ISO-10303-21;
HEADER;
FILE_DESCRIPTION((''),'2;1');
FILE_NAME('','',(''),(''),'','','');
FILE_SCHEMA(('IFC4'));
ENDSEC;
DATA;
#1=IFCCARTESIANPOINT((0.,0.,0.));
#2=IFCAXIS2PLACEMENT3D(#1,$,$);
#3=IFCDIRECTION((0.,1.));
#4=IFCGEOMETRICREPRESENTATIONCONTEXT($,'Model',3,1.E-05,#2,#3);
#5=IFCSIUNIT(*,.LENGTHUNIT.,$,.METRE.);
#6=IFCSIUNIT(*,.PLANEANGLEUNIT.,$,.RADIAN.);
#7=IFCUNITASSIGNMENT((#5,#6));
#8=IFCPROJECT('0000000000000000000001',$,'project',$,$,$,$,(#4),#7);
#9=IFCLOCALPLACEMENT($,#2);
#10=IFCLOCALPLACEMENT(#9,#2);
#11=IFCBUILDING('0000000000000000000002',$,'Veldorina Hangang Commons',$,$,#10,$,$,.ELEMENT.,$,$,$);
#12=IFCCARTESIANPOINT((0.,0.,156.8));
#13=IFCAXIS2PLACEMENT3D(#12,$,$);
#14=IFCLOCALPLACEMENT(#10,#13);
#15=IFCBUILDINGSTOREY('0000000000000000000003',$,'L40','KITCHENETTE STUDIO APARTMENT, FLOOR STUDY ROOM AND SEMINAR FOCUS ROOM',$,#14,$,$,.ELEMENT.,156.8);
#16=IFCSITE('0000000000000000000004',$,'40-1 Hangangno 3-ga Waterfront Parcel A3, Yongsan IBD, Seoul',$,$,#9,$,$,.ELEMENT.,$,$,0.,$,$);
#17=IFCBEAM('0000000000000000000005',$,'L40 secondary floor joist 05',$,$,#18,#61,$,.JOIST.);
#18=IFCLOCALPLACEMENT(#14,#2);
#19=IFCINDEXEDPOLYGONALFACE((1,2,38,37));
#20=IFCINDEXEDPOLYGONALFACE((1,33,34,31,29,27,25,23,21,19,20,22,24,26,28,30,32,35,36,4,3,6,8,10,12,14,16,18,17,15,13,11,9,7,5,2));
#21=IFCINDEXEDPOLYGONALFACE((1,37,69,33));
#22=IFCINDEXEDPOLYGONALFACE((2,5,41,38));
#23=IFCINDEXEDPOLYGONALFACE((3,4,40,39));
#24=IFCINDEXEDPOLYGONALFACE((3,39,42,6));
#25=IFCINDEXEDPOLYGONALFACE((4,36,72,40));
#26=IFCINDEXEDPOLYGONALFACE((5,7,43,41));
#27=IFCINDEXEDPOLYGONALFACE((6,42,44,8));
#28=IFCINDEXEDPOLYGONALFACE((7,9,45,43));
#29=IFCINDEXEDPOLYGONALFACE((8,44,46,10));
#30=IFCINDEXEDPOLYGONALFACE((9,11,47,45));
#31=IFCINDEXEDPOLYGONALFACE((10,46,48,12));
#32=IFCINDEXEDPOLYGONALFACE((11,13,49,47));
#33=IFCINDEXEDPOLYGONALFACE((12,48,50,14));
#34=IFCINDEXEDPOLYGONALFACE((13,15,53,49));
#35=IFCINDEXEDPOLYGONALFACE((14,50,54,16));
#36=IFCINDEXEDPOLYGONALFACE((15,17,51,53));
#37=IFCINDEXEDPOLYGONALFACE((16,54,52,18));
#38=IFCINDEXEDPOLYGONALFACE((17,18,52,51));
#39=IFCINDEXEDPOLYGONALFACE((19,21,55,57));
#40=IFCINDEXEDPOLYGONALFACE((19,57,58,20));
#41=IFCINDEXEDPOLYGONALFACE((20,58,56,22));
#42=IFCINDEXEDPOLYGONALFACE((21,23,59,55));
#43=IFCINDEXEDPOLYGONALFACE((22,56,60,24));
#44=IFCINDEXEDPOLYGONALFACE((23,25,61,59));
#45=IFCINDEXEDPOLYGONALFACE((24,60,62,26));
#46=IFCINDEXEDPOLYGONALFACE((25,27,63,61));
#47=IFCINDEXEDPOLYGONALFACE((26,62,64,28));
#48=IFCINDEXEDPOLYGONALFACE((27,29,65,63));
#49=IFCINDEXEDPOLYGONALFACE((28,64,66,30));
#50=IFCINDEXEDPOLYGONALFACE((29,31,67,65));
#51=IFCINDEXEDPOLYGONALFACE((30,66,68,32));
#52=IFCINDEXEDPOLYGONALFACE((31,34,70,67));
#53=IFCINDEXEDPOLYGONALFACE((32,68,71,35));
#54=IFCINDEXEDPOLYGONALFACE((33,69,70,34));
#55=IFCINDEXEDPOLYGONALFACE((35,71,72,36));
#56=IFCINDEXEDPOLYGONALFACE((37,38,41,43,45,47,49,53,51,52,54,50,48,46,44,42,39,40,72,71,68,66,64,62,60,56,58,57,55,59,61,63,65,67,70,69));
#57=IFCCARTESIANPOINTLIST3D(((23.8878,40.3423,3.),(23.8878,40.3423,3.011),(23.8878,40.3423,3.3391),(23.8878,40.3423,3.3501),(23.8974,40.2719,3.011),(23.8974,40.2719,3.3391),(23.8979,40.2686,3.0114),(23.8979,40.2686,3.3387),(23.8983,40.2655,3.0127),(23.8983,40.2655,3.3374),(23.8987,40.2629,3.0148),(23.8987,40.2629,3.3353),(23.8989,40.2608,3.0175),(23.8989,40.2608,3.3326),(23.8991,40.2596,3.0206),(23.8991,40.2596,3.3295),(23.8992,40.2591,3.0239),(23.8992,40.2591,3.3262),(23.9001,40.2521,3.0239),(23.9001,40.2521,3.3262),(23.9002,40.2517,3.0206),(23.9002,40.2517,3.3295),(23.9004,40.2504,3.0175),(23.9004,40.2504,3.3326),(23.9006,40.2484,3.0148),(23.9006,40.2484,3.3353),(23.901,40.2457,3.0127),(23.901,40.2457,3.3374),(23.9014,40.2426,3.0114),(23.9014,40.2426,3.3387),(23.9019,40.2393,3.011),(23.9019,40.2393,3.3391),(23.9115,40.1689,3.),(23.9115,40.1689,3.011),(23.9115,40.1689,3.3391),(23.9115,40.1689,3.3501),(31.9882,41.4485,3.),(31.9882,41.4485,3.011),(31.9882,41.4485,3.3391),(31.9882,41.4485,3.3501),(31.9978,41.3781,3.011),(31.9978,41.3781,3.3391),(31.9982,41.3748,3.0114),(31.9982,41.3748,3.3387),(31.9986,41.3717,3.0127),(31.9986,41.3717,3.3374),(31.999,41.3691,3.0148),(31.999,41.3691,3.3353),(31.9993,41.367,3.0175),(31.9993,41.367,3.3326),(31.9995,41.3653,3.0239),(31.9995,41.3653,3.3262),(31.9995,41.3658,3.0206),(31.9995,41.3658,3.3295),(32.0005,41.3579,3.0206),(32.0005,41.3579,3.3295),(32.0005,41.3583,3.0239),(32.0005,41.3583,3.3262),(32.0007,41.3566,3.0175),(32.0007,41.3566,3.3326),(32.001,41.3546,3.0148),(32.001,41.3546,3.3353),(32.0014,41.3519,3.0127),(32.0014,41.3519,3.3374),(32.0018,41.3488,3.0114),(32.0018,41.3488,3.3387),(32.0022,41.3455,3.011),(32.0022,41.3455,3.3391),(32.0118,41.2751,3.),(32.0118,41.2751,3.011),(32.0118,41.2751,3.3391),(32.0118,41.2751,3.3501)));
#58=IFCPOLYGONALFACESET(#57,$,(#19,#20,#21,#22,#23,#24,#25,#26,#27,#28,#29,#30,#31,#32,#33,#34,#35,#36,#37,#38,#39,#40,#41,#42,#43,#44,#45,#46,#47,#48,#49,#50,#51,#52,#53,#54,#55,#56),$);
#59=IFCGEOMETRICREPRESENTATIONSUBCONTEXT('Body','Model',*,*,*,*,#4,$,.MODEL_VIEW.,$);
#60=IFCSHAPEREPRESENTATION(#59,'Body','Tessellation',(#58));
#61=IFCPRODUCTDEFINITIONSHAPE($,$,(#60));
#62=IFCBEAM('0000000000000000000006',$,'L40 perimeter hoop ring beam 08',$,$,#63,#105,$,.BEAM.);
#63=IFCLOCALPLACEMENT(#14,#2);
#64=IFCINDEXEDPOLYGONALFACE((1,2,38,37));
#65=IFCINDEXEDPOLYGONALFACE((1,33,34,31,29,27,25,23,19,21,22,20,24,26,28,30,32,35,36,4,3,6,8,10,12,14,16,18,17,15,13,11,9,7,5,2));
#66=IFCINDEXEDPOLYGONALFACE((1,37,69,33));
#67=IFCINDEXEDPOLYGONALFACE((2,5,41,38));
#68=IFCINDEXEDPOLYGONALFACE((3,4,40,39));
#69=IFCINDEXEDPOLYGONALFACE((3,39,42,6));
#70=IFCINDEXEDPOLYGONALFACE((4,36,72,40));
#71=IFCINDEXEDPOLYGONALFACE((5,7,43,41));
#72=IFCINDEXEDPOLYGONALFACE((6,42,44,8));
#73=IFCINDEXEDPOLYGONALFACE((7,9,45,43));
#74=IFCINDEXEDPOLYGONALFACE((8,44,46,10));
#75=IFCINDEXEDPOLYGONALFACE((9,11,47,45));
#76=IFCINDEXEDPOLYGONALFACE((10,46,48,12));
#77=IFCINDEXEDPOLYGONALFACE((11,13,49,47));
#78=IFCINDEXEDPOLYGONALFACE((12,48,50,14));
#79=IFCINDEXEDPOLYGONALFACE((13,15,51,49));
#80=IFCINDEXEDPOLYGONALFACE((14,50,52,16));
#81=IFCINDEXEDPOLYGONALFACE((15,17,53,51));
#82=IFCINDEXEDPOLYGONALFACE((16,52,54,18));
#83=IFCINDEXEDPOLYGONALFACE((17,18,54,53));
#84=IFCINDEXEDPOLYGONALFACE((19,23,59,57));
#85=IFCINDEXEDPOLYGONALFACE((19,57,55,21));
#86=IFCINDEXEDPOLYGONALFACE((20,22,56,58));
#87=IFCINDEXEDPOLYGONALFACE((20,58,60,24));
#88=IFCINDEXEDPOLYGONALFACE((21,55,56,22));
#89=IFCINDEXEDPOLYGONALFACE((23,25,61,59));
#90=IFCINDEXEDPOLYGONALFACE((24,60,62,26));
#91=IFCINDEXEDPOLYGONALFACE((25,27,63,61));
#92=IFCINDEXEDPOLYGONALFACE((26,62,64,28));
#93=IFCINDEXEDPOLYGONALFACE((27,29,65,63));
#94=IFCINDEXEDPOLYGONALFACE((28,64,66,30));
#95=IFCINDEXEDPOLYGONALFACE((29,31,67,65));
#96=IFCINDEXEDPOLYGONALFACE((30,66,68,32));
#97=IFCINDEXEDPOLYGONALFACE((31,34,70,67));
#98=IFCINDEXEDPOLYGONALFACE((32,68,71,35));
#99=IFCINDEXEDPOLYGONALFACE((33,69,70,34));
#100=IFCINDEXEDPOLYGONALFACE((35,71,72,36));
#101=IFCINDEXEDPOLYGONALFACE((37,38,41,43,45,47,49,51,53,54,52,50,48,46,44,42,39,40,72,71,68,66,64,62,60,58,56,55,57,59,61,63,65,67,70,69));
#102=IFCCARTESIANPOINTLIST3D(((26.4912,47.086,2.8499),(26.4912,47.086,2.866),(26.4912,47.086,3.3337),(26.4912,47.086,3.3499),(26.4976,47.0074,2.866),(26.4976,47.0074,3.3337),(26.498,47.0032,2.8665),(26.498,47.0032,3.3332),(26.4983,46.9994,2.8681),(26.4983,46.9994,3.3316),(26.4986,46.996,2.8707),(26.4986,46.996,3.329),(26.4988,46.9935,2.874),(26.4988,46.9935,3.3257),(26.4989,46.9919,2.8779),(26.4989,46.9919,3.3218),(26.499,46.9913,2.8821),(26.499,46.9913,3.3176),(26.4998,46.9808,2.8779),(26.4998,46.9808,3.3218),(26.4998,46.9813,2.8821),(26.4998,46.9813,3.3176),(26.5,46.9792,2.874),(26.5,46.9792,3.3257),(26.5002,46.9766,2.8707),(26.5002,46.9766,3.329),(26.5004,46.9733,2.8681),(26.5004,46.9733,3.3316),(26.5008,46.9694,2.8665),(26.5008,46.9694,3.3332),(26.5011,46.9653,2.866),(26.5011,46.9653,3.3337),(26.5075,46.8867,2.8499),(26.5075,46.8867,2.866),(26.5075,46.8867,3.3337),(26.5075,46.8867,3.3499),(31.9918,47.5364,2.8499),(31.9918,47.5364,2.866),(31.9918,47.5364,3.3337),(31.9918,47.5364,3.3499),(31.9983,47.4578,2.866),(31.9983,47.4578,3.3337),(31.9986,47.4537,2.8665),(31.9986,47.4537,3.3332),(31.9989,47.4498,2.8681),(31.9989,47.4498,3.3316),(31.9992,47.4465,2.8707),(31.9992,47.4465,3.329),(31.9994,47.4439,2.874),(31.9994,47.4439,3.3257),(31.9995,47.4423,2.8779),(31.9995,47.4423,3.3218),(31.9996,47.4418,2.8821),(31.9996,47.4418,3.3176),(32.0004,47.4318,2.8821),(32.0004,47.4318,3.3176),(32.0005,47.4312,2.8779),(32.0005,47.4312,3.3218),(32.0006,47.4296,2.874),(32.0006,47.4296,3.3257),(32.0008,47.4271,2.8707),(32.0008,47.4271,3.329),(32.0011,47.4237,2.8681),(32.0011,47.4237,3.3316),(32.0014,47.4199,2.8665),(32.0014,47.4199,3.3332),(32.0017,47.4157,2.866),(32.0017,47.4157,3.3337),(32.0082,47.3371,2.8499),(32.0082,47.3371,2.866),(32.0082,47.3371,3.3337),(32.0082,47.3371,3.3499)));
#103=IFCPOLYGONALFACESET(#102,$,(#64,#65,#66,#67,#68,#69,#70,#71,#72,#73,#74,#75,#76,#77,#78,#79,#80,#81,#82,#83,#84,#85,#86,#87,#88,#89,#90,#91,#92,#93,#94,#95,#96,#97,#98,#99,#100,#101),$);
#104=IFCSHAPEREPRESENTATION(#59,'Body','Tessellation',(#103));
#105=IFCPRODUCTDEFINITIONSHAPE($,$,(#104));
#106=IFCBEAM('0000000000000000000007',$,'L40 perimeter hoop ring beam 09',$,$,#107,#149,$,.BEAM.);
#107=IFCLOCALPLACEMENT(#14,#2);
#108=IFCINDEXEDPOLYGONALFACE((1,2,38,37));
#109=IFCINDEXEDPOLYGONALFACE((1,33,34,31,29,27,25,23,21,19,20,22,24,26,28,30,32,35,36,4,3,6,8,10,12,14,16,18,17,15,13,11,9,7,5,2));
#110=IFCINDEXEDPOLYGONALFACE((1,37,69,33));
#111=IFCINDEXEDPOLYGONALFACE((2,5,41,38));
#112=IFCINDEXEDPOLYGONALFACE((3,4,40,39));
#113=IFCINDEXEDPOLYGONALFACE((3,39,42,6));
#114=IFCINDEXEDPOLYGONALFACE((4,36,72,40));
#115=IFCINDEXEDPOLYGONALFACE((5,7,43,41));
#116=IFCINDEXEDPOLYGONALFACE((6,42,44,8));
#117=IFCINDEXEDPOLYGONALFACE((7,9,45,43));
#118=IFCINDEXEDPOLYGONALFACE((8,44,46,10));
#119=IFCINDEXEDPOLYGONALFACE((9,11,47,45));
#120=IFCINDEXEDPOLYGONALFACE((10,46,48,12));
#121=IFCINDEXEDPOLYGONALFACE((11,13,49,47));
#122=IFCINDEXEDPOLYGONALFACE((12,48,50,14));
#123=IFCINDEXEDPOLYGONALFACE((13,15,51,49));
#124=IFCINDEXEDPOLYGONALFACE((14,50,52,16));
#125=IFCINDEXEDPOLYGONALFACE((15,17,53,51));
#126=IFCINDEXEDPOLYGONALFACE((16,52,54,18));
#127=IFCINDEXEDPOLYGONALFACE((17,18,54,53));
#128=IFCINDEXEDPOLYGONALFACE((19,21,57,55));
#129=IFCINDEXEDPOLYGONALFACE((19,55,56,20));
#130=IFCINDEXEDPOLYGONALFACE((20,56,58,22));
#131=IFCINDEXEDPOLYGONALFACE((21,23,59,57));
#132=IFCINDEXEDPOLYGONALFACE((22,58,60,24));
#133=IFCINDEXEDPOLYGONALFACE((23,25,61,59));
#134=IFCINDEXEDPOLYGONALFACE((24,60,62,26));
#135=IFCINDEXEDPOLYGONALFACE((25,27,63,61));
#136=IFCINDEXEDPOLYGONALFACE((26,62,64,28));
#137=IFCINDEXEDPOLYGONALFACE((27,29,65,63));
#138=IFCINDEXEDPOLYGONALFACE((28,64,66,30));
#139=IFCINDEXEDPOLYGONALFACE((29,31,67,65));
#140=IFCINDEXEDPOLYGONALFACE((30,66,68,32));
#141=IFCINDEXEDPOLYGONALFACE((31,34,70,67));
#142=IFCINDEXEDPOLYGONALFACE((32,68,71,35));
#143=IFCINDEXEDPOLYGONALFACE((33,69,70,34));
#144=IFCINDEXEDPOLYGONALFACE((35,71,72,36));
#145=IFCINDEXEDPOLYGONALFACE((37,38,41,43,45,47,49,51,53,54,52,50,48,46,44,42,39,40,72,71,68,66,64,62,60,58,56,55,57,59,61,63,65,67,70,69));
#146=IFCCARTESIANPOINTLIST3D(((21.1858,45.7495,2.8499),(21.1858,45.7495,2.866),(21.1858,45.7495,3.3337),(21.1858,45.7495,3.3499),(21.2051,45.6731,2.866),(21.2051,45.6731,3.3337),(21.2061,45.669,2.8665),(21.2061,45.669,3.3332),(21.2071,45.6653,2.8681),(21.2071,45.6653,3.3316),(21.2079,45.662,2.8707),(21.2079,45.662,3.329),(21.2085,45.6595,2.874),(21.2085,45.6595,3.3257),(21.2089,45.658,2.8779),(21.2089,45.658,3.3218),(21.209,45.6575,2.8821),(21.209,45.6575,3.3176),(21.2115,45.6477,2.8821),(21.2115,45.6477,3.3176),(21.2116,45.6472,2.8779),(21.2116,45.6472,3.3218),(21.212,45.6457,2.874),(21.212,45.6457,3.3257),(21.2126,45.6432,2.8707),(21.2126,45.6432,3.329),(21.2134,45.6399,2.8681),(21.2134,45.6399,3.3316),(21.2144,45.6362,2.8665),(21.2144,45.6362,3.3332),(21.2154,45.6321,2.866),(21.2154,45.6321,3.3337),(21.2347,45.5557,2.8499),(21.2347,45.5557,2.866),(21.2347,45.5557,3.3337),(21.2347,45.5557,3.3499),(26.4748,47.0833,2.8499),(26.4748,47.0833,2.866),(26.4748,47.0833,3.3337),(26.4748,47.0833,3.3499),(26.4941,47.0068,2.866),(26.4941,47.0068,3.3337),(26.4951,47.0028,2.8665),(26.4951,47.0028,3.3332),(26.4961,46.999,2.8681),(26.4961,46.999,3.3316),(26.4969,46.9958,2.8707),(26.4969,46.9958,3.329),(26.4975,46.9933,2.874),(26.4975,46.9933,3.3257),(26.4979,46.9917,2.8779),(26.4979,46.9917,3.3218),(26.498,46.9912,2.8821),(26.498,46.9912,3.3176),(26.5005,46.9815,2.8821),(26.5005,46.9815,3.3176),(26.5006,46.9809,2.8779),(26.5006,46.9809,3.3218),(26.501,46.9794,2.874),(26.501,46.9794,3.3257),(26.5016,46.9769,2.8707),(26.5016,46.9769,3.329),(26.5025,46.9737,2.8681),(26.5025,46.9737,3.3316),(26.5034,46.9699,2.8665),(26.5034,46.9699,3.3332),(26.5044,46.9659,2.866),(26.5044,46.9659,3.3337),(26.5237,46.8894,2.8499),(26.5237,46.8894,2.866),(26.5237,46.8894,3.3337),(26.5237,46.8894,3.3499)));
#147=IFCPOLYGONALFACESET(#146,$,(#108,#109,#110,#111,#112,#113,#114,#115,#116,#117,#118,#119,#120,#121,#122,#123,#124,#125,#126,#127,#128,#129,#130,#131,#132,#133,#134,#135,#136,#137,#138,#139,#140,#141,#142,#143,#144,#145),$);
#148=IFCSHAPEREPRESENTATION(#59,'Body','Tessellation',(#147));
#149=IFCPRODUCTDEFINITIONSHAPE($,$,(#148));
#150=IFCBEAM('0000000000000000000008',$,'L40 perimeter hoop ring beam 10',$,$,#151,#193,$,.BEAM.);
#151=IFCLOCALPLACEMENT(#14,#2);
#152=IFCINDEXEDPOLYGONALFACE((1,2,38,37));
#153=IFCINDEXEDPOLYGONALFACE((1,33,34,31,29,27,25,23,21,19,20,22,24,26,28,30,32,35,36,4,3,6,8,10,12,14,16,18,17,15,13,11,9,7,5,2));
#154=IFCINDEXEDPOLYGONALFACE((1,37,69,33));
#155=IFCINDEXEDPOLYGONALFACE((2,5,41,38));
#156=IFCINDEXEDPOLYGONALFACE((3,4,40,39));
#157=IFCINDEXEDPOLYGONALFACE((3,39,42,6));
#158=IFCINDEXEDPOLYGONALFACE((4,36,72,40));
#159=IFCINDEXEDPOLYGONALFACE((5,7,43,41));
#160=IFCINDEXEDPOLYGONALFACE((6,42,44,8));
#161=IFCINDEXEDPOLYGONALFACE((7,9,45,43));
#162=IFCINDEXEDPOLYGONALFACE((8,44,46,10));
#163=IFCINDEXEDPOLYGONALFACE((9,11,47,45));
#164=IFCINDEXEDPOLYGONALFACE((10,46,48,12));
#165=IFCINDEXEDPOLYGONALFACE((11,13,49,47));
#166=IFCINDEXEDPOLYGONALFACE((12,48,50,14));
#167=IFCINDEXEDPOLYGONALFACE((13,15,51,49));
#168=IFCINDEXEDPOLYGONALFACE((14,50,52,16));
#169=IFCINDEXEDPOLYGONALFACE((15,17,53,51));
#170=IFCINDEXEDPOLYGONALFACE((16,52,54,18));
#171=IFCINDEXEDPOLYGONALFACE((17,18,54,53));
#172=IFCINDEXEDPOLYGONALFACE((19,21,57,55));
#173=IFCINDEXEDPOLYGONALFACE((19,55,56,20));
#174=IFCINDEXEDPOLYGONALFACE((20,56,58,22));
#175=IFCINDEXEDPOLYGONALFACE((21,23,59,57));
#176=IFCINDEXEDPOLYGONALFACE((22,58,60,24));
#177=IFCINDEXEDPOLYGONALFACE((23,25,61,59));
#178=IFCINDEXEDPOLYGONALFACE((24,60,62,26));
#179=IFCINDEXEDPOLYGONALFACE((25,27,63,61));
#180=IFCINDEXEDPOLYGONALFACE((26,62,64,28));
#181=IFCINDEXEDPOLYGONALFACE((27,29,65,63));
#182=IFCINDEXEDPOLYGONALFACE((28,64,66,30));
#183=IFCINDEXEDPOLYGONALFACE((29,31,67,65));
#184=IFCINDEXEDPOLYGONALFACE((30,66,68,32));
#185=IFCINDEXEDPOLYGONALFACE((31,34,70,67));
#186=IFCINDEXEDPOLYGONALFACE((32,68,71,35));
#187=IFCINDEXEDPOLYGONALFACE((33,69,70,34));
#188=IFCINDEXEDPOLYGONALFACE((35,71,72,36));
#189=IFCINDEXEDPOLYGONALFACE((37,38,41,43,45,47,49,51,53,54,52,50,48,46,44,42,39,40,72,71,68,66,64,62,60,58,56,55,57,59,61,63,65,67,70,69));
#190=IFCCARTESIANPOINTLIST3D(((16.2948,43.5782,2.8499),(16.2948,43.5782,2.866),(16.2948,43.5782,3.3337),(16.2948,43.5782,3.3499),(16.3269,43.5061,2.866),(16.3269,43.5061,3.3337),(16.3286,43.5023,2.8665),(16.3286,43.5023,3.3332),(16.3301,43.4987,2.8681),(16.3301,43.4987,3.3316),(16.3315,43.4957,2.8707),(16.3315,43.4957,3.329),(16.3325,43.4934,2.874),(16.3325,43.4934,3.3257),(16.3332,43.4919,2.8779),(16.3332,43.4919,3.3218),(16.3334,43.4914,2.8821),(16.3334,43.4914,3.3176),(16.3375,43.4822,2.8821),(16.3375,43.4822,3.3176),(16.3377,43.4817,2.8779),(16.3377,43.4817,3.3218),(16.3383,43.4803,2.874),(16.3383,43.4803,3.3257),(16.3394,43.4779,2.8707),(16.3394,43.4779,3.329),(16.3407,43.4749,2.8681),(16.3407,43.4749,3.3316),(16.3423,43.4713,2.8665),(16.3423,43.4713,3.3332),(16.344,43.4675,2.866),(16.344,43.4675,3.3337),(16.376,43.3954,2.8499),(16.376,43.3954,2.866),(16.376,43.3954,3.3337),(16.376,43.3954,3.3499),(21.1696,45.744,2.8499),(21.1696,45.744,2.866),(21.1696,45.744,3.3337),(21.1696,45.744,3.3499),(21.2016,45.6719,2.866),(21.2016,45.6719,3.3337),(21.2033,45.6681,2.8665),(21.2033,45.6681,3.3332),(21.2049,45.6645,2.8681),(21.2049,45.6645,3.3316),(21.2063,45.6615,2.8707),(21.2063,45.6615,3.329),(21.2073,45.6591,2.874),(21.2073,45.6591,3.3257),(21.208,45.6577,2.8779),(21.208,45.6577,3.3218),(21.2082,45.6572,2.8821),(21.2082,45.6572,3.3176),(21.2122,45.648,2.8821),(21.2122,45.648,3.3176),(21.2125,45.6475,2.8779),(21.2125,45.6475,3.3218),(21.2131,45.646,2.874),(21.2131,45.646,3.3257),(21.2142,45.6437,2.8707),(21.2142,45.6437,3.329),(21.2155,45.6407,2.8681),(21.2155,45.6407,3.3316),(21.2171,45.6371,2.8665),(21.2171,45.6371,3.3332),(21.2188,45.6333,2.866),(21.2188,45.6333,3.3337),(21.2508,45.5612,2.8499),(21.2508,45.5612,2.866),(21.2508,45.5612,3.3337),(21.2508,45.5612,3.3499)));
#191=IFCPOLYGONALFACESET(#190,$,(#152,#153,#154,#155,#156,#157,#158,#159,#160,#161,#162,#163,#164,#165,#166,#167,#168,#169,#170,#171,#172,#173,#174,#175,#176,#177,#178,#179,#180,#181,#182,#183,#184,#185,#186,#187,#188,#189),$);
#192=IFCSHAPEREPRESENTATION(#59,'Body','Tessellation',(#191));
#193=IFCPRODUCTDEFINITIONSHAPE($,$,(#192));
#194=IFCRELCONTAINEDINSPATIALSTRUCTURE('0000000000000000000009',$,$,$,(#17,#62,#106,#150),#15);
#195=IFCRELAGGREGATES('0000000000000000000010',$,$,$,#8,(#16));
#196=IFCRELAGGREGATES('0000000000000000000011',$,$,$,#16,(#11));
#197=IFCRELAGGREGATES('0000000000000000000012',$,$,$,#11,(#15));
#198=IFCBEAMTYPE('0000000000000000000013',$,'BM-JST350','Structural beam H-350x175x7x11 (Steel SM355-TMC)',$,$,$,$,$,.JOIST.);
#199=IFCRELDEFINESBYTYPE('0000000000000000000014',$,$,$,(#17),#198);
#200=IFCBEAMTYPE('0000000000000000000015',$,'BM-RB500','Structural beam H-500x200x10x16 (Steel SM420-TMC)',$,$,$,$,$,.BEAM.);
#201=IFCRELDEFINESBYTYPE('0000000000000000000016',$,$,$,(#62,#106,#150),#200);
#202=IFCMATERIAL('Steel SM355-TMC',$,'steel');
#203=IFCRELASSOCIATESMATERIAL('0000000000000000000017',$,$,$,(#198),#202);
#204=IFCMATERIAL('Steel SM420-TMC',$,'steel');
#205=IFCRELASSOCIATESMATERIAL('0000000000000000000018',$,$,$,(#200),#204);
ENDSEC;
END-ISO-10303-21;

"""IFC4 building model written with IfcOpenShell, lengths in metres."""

from ifc_helpers import new_model, si_unit, direction, frame, origin, origin_2d, place, context, subcontext, project, spatial, i_section, extrude, material, material_profile, profile_set, type_object, element, save


model = new_model("IFC4")

# Units and contexts
model_context = context("Model", 3, precision=1e-05, world=origin(), true_north=direction((0.0, 1.0)))
body_context = subcontext(model_context, "Body", "Model", "MODEL_VIEW")
ifc_project = project(units=[si_unit("LENGTHUNIT", "METRE"), si_unit("PLANEANGLEUNIT", "RADIAN")], contexts=[model_context])

# Site, building, storey
site_placement = place(None, origin())
site = spatial("IfcSite", under=ifc_project, at=site_placement, Name="40-1 Hangangno 3-ga Waterfront Parcel A3, Yongsan IBD, Seoul", CompositionType="ELEMENT", RefElevation=0.0)
building_placement = place(site_placement, origin())
building = spatial("IfcBuilding", under=site, at=building_placement, Name="Veldorina Hangang Commons", CompositionType="ELEMENT")
storey_placement = place(building_placement, frame((0.0, 0.0, 156.8)))
storey = spatial("IfcBuildingStorey", under=building, at=storey_placement, Name="L40", Description="KITCHENETTE STUDIO APARTMENT, FLOOR STUDY ROOM AND SEMINAR FOCUS ROOM", CompositionType="ELEMENT", Elevation=156.8)

# Beams
ifc_material_1 = material(Name="Steel SM355-TMC", Category="steel")
ifc_material_profile_1 = material_profile(ifc_material_1, i_section(OverallWidth=0.175, OverallDepth=0.3501, WebThickness=0.0071, FlangeThickness=0.011, FilletRadius=0.0129, at=origin_2d()), Name="H-350x175x7x11")
ifc_profile_set_1 = profile_set([ifc_material_profile_1], Name="Steel SM355-TMC")
beam_type_1 = type_object("IfcBeamType", Name="BM-JST350", Description="Structural beam H-350x175x7x11 (Steel SM355-TMC)", PredefinedType="JOIST", material=ifc_profile_set_1)
beam_1_placement = place(storey_placement, frame((32.0, 41.3618, 3.175), z_axis=(-0.990804, -0.135306, 0.0), x_axis=(0.135306, -0.990804, 0.0)))
element("IfcBeam", 1, at=beam_1_placement, inside=storey, type_object=beam_type_1, Name="L40 secondary floor joist 05", PredefinedType="JOIST", context=body_context, shape_type="SweptSolid", body=[
    extrude(i_section(OverallWidth=0.175, OverallDepth=0.3501, WebThickness=0.0071, FlangeThickness=0.011, FilletRadius=0.0129, at=origin_2d()), origin(), (0.0, 0.0, 1.0), 8.1755),
])
ifc_material_2 = material(Name="Steel SM420-TMC", Category="steel")
ifc_material_profile_2 = material_profile(ifc_material_2, i_section(OverallWidth=0.2, OverallDepth=0.5, WebThickness=0.01, FlangeThickness=0.0161, FilletRadius=0.0161, at=origin_2d()), Name="H-500x200x10x16")
ifc_profile_set_2 = profile_set([ifc_material_profile_2], Name="Steel SM420-TMC")
beam_type_2 = type_object("IfcBeamType", Name="BM-RB500", Description="Structural beam H-500x200x10x16 (Steel SM420-TMC)", PredefinedType="BEAM", material=ifc_profile_set_2)
beam_2_placement = place(storey_placement, frame((32.0, 47.4368, 3.0999), z_axis=(-0.996664, -0.081614, 0.0), x_axis=(0.081614, -0.996664, 0.0)))
element("IfcBeam", 2, at=beam_2_placement, inside=storey, type_object=beam_type_2, Name="L40 perimeter hoop ring beam 08", PredefinedType="BEAM", context=body_context, shape_type="SweptSolid", body=[
    extrude(i_section(OverallWidth=0.2, OverallDepth=0.5, WebThickness=0.01, FlangeThickness=0.0161, FilletRadius=0.0161, at=origin_2d()), origin(), (0.0, 0.0, 1.0), 5.519),
])
beam_3_placement = place(storey_placement, frame((26.4993, 46.9863, 3.0999), z_axis=(-0.969646, -0.244515, 0.0), x_axis=(0.244515, -0.969646, 0.0)))
element("IfcBeam", 3, at=beam_3_placement, inside=storey, type_object=beam_type_2, Name="L40 perimeter hoop ring beam 09", PredefinedType="BEAM", context=body_context, shape_type="SweptSolid", body=[
    extrude(i_section(OverallWidth=0.2, OverallDepth=0.5, WebThickness=0.01, FlangeThickness=0.0161, FilletRadius=0.0161, at=origin_2d()), origin(), (0.0, 0.0, 1.0), 5.4546),
])
beam_4_placement = place(storey_placement, frame((21.2102, 45.6526, 3.0999), z_axis=(-0.913866, -0.406015, 0.0), x_axis=(0.406015, -0.913866, 0.0)))
element("IfcBeam", 4, at=beam_4_placement, inside=storey, type_object=beam_type_2, Name="L40 perimeter hoop ring beam 10", PredefinedType="BEAM", context=body_context, shape_type="SweptSolid", body=[
    extrude(i_section(OverallWidth=0.2, OverallDepth=0.5, WebThickness=0.01, FlangeThickness=0.0161, FilletRadius=0.0161, at=origin_2d()), origin(), (0.0, 0.0, 1.0), 5.3342),
])

save(model, "model.ifc")
